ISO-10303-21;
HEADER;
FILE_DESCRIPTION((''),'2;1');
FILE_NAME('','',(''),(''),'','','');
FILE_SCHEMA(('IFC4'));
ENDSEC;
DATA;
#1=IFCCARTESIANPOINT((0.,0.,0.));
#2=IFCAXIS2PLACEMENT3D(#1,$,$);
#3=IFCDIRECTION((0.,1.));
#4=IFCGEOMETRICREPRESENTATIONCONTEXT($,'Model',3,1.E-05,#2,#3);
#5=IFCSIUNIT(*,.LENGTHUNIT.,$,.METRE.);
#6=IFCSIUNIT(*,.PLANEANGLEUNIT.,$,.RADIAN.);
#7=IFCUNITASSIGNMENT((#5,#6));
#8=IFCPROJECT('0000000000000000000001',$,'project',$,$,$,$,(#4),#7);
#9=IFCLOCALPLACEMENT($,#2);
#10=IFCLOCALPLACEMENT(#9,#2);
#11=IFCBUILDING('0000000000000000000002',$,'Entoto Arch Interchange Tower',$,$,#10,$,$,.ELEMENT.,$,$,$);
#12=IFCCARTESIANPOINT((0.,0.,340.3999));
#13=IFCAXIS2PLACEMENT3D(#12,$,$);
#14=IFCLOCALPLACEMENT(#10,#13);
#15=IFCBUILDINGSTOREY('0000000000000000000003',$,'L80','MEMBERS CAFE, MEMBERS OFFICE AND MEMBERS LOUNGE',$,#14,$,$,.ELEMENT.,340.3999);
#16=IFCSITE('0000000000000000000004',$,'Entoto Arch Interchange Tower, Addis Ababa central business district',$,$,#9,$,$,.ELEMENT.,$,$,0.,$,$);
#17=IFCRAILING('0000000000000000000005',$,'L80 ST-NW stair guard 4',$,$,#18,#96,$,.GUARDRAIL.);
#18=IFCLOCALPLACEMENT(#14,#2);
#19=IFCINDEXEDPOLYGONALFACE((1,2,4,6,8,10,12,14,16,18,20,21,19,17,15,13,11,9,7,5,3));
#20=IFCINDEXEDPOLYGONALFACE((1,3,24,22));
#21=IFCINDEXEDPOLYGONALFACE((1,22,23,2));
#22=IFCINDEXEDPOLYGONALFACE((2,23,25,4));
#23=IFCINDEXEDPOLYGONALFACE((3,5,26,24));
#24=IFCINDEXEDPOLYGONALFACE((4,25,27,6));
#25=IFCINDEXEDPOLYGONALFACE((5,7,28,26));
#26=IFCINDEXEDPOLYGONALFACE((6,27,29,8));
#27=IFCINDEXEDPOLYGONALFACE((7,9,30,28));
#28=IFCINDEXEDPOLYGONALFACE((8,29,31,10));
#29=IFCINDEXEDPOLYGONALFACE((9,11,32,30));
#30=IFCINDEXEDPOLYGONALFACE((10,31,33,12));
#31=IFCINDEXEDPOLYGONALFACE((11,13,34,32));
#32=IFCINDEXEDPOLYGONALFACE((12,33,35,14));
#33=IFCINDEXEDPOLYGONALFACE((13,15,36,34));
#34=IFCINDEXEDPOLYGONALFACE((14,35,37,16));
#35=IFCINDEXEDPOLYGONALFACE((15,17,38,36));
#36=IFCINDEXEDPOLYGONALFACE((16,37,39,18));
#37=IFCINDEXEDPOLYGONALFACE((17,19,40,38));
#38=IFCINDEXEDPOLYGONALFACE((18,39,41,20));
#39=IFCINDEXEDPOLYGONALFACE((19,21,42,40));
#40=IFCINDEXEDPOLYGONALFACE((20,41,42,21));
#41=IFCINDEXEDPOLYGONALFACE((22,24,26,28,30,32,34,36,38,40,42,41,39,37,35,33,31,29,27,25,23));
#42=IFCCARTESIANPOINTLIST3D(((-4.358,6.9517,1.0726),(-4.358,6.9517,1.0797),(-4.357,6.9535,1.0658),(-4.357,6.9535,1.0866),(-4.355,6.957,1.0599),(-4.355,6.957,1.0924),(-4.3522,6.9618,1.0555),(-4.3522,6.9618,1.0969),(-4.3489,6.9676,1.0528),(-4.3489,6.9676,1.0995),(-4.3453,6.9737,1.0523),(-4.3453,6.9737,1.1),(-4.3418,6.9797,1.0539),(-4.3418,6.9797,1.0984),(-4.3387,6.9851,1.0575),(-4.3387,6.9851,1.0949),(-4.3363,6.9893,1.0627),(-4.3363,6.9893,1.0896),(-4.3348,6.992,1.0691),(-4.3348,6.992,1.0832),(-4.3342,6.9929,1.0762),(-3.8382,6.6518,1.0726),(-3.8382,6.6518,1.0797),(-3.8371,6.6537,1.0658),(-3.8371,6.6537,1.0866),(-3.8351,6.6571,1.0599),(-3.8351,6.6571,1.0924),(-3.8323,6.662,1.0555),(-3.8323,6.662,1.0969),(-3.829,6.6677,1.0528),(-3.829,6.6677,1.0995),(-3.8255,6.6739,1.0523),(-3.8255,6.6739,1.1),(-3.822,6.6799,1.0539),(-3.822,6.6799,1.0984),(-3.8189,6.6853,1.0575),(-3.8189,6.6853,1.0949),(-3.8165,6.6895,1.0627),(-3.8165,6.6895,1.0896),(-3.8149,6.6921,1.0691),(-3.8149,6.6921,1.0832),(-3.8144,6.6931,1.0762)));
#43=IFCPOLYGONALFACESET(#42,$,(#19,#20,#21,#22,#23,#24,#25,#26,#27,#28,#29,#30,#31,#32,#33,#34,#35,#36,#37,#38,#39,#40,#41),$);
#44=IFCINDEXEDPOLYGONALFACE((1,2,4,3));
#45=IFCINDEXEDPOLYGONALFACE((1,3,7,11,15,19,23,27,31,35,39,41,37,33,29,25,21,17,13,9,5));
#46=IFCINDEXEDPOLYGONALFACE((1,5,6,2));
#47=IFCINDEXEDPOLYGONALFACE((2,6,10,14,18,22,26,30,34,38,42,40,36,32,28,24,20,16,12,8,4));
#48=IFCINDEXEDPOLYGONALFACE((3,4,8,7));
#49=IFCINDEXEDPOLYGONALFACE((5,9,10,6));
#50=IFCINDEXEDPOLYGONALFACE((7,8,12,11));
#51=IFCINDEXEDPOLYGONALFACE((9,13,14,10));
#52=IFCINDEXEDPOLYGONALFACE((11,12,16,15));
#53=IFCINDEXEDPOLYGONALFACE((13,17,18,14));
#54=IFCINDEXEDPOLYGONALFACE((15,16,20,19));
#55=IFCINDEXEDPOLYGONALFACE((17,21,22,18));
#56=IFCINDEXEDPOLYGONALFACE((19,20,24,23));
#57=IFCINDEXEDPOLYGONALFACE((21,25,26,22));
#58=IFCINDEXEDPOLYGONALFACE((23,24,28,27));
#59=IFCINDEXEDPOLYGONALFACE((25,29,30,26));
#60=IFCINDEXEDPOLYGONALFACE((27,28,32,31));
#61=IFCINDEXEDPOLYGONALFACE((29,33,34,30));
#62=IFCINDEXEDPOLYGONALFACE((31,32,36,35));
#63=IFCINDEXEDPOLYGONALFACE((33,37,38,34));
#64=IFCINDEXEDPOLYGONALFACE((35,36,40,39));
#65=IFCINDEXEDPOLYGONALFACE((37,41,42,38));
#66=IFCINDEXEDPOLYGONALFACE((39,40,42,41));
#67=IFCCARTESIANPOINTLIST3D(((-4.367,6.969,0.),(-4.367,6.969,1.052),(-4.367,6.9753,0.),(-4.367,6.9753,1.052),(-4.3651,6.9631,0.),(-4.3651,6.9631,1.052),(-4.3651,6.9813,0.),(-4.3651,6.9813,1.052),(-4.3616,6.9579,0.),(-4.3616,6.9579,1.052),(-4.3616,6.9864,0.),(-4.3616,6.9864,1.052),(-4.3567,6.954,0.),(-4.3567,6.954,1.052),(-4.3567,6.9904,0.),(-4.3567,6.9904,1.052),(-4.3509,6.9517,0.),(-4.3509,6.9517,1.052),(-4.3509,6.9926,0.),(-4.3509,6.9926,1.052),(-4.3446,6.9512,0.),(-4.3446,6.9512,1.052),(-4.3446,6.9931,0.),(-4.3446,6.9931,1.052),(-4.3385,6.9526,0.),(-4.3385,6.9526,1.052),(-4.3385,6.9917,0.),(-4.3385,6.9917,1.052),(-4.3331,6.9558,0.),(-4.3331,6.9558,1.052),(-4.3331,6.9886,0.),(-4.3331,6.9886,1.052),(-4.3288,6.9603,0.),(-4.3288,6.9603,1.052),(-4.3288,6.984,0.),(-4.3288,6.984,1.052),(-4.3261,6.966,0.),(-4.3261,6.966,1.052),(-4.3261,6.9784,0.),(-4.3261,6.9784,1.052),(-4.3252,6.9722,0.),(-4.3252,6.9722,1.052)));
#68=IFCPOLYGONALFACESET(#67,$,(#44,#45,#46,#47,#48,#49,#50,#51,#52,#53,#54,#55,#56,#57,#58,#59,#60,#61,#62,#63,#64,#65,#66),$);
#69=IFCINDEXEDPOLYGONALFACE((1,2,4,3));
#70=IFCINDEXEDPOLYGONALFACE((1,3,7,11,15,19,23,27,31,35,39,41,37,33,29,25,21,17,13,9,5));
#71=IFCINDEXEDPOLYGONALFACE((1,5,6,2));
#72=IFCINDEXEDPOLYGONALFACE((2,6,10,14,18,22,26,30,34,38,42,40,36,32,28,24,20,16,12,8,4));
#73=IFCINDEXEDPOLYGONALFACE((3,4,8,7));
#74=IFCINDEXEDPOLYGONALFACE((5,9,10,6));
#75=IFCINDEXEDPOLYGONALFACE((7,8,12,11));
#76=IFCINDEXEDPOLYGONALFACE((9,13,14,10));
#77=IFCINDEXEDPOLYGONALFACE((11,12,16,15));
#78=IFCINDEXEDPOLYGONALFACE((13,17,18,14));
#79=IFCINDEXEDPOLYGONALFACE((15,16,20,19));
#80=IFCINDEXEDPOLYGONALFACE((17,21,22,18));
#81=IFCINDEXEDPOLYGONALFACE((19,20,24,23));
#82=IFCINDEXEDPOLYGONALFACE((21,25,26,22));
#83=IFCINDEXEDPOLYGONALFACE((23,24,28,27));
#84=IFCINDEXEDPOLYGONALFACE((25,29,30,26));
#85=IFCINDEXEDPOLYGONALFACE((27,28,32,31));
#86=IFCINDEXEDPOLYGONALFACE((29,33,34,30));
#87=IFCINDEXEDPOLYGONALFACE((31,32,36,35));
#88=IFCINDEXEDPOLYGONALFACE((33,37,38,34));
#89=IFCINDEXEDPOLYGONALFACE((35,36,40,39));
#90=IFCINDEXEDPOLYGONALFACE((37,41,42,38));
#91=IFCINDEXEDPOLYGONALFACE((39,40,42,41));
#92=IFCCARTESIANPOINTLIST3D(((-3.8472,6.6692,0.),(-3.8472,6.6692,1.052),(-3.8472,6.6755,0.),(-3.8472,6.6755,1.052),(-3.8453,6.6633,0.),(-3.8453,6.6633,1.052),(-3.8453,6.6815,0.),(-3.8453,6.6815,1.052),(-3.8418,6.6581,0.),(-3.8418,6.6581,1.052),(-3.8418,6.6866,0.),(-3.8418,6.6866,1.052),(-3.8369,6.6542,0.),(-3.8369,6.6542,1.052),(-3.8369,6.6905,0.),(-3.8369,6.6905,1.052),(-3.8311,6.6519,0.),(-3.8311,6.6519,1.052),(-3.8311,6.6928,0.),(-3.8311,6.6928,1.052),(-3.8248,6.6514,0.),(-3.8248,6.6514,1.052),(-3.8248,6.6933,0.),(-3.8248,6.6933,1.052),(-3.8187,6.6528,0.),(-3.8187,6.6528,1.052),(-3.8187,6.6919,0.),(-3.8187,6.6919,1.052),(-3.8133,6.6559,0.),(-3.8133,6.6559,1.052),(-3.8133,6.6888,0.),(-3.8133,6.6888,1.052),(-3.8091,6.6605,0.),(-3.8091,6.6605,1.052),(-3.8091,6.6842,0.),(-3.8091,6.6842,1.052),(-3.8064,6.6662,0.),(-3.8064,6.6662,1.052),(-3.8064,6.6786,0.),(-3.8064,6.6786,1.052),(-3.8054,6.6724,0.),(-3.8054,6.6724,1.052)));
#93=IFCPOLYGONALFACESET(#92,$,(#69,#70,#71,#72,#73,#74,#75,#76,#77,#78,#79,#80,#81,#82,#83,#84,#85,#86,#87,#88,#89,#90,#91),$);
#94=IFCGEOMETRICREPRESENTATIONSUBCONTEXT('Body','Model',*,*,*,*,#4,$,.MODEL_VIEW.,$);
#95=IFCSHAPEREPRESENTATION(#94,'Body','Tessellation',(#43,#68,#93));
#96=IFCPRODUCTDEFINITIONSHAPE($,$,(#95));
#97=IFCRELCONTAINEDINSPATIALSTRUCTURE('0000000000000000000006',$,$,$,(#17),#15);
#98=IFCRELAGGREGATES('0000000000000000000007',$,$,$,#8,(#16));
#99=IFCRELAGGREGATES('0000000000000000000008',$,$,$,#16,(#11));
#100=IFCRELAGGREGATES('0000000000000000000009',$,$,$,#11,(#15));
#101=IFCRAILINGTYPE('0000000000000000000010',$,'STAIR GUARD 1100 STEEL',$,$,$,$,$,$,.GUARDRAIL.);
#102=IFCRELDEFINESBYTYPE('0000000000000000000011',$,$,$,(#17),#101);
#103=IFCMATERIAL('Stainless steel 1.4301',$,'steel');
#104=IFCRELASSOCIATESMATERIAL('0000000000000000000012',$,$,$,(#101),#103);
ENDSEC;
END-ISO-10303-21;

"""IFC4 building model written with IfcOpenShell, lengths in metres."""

from ifc_helpers import new_model, si_unit, direction, frame, origin, origin_2d, place, context, subcontext, project, spatial, circle, extrude, material, type_object, element, save


model = new_model("IFC4")

# Units and contexts
model_context = context("Model", 3, precision=1e-05, world=origin(), true_north=direction((0.0, 1.0)))
body_context = subcontext(model_context, "Body", "Model", "MODEL_VIEW")
ifc_project = project(units=[si_unit("LENGTHUNIT", "METRE"), si_unit("PLANEANGLEUNIT", "RADIAN")], contexts=[model_context])

# Site, building, storey
site_placement = place(None, origin())
site = spatial("IfcSite", under=ifc_project, at=site_placement, Name="Entoto Arch Interchange Tower, Addis Ababa central business district", CompositionType="ELEMENT", RefElevation=0.0)
building_placement = place(site_placement, origin())
building = spatial("IfcBuilding", under=site, at=building_placement, Name="Entoto Arch Interchange Tower", CompositionType="ELEMENT")
storey_placement = place(building_placement, frame((0.0, 0.0, 340.3999)))
storey = spatial("IfcBuildingStorey", under=building, at=storey_placement, Name="L80", Description="MEMBERS CAFE, MEMBERS OFFICE AND MEMBERS LOUNGE", CompositionType="ELEMENT", Elevation=340.3999)

# Railing
ifc_material_1 = material(Name="Stainless steel 1.4301", Category="steel")
railing_type_1 = type_object("IfcRailingType", Name="STAIR GUARD 1100 STEEL", PredefinedType="GUARDRAIL", material=ifc_material_1)
railing_1_placement = place(storey_placement, frame((-4.3462, 6.9722, 0.0)))
element("IfcRailing", 1, at=railing_1_placement, inside=storey, type_object=railing_type_1, Name="L80 ST-NW stair guard 4", PredefinedType="GUARDRAIL", context=body_context, shape_type="SweptSolid", body=[
    extrude(circle(Radius=0.0239, at=origin_2d()), frame((0.0, 0.0, 1.0762), z_axis=(0.866233, -0.49964, 0.0), x_axis=(0.49964, 0.866233, 0.0)), (0.0, 0.0, 1.0), 0.6001),
    extrude(circle(Radius=0.021, at=origin_2d()), origin(), (0.0, 0.0, 1.0), 1.052),
    extrude(circle(Radius=0.021, at=origin_2d()), frame((0.5198, -0.2998, 0.0)), (0.0, 0.0, 1.0), 1.052),
])

save(model, "model.ifc")
